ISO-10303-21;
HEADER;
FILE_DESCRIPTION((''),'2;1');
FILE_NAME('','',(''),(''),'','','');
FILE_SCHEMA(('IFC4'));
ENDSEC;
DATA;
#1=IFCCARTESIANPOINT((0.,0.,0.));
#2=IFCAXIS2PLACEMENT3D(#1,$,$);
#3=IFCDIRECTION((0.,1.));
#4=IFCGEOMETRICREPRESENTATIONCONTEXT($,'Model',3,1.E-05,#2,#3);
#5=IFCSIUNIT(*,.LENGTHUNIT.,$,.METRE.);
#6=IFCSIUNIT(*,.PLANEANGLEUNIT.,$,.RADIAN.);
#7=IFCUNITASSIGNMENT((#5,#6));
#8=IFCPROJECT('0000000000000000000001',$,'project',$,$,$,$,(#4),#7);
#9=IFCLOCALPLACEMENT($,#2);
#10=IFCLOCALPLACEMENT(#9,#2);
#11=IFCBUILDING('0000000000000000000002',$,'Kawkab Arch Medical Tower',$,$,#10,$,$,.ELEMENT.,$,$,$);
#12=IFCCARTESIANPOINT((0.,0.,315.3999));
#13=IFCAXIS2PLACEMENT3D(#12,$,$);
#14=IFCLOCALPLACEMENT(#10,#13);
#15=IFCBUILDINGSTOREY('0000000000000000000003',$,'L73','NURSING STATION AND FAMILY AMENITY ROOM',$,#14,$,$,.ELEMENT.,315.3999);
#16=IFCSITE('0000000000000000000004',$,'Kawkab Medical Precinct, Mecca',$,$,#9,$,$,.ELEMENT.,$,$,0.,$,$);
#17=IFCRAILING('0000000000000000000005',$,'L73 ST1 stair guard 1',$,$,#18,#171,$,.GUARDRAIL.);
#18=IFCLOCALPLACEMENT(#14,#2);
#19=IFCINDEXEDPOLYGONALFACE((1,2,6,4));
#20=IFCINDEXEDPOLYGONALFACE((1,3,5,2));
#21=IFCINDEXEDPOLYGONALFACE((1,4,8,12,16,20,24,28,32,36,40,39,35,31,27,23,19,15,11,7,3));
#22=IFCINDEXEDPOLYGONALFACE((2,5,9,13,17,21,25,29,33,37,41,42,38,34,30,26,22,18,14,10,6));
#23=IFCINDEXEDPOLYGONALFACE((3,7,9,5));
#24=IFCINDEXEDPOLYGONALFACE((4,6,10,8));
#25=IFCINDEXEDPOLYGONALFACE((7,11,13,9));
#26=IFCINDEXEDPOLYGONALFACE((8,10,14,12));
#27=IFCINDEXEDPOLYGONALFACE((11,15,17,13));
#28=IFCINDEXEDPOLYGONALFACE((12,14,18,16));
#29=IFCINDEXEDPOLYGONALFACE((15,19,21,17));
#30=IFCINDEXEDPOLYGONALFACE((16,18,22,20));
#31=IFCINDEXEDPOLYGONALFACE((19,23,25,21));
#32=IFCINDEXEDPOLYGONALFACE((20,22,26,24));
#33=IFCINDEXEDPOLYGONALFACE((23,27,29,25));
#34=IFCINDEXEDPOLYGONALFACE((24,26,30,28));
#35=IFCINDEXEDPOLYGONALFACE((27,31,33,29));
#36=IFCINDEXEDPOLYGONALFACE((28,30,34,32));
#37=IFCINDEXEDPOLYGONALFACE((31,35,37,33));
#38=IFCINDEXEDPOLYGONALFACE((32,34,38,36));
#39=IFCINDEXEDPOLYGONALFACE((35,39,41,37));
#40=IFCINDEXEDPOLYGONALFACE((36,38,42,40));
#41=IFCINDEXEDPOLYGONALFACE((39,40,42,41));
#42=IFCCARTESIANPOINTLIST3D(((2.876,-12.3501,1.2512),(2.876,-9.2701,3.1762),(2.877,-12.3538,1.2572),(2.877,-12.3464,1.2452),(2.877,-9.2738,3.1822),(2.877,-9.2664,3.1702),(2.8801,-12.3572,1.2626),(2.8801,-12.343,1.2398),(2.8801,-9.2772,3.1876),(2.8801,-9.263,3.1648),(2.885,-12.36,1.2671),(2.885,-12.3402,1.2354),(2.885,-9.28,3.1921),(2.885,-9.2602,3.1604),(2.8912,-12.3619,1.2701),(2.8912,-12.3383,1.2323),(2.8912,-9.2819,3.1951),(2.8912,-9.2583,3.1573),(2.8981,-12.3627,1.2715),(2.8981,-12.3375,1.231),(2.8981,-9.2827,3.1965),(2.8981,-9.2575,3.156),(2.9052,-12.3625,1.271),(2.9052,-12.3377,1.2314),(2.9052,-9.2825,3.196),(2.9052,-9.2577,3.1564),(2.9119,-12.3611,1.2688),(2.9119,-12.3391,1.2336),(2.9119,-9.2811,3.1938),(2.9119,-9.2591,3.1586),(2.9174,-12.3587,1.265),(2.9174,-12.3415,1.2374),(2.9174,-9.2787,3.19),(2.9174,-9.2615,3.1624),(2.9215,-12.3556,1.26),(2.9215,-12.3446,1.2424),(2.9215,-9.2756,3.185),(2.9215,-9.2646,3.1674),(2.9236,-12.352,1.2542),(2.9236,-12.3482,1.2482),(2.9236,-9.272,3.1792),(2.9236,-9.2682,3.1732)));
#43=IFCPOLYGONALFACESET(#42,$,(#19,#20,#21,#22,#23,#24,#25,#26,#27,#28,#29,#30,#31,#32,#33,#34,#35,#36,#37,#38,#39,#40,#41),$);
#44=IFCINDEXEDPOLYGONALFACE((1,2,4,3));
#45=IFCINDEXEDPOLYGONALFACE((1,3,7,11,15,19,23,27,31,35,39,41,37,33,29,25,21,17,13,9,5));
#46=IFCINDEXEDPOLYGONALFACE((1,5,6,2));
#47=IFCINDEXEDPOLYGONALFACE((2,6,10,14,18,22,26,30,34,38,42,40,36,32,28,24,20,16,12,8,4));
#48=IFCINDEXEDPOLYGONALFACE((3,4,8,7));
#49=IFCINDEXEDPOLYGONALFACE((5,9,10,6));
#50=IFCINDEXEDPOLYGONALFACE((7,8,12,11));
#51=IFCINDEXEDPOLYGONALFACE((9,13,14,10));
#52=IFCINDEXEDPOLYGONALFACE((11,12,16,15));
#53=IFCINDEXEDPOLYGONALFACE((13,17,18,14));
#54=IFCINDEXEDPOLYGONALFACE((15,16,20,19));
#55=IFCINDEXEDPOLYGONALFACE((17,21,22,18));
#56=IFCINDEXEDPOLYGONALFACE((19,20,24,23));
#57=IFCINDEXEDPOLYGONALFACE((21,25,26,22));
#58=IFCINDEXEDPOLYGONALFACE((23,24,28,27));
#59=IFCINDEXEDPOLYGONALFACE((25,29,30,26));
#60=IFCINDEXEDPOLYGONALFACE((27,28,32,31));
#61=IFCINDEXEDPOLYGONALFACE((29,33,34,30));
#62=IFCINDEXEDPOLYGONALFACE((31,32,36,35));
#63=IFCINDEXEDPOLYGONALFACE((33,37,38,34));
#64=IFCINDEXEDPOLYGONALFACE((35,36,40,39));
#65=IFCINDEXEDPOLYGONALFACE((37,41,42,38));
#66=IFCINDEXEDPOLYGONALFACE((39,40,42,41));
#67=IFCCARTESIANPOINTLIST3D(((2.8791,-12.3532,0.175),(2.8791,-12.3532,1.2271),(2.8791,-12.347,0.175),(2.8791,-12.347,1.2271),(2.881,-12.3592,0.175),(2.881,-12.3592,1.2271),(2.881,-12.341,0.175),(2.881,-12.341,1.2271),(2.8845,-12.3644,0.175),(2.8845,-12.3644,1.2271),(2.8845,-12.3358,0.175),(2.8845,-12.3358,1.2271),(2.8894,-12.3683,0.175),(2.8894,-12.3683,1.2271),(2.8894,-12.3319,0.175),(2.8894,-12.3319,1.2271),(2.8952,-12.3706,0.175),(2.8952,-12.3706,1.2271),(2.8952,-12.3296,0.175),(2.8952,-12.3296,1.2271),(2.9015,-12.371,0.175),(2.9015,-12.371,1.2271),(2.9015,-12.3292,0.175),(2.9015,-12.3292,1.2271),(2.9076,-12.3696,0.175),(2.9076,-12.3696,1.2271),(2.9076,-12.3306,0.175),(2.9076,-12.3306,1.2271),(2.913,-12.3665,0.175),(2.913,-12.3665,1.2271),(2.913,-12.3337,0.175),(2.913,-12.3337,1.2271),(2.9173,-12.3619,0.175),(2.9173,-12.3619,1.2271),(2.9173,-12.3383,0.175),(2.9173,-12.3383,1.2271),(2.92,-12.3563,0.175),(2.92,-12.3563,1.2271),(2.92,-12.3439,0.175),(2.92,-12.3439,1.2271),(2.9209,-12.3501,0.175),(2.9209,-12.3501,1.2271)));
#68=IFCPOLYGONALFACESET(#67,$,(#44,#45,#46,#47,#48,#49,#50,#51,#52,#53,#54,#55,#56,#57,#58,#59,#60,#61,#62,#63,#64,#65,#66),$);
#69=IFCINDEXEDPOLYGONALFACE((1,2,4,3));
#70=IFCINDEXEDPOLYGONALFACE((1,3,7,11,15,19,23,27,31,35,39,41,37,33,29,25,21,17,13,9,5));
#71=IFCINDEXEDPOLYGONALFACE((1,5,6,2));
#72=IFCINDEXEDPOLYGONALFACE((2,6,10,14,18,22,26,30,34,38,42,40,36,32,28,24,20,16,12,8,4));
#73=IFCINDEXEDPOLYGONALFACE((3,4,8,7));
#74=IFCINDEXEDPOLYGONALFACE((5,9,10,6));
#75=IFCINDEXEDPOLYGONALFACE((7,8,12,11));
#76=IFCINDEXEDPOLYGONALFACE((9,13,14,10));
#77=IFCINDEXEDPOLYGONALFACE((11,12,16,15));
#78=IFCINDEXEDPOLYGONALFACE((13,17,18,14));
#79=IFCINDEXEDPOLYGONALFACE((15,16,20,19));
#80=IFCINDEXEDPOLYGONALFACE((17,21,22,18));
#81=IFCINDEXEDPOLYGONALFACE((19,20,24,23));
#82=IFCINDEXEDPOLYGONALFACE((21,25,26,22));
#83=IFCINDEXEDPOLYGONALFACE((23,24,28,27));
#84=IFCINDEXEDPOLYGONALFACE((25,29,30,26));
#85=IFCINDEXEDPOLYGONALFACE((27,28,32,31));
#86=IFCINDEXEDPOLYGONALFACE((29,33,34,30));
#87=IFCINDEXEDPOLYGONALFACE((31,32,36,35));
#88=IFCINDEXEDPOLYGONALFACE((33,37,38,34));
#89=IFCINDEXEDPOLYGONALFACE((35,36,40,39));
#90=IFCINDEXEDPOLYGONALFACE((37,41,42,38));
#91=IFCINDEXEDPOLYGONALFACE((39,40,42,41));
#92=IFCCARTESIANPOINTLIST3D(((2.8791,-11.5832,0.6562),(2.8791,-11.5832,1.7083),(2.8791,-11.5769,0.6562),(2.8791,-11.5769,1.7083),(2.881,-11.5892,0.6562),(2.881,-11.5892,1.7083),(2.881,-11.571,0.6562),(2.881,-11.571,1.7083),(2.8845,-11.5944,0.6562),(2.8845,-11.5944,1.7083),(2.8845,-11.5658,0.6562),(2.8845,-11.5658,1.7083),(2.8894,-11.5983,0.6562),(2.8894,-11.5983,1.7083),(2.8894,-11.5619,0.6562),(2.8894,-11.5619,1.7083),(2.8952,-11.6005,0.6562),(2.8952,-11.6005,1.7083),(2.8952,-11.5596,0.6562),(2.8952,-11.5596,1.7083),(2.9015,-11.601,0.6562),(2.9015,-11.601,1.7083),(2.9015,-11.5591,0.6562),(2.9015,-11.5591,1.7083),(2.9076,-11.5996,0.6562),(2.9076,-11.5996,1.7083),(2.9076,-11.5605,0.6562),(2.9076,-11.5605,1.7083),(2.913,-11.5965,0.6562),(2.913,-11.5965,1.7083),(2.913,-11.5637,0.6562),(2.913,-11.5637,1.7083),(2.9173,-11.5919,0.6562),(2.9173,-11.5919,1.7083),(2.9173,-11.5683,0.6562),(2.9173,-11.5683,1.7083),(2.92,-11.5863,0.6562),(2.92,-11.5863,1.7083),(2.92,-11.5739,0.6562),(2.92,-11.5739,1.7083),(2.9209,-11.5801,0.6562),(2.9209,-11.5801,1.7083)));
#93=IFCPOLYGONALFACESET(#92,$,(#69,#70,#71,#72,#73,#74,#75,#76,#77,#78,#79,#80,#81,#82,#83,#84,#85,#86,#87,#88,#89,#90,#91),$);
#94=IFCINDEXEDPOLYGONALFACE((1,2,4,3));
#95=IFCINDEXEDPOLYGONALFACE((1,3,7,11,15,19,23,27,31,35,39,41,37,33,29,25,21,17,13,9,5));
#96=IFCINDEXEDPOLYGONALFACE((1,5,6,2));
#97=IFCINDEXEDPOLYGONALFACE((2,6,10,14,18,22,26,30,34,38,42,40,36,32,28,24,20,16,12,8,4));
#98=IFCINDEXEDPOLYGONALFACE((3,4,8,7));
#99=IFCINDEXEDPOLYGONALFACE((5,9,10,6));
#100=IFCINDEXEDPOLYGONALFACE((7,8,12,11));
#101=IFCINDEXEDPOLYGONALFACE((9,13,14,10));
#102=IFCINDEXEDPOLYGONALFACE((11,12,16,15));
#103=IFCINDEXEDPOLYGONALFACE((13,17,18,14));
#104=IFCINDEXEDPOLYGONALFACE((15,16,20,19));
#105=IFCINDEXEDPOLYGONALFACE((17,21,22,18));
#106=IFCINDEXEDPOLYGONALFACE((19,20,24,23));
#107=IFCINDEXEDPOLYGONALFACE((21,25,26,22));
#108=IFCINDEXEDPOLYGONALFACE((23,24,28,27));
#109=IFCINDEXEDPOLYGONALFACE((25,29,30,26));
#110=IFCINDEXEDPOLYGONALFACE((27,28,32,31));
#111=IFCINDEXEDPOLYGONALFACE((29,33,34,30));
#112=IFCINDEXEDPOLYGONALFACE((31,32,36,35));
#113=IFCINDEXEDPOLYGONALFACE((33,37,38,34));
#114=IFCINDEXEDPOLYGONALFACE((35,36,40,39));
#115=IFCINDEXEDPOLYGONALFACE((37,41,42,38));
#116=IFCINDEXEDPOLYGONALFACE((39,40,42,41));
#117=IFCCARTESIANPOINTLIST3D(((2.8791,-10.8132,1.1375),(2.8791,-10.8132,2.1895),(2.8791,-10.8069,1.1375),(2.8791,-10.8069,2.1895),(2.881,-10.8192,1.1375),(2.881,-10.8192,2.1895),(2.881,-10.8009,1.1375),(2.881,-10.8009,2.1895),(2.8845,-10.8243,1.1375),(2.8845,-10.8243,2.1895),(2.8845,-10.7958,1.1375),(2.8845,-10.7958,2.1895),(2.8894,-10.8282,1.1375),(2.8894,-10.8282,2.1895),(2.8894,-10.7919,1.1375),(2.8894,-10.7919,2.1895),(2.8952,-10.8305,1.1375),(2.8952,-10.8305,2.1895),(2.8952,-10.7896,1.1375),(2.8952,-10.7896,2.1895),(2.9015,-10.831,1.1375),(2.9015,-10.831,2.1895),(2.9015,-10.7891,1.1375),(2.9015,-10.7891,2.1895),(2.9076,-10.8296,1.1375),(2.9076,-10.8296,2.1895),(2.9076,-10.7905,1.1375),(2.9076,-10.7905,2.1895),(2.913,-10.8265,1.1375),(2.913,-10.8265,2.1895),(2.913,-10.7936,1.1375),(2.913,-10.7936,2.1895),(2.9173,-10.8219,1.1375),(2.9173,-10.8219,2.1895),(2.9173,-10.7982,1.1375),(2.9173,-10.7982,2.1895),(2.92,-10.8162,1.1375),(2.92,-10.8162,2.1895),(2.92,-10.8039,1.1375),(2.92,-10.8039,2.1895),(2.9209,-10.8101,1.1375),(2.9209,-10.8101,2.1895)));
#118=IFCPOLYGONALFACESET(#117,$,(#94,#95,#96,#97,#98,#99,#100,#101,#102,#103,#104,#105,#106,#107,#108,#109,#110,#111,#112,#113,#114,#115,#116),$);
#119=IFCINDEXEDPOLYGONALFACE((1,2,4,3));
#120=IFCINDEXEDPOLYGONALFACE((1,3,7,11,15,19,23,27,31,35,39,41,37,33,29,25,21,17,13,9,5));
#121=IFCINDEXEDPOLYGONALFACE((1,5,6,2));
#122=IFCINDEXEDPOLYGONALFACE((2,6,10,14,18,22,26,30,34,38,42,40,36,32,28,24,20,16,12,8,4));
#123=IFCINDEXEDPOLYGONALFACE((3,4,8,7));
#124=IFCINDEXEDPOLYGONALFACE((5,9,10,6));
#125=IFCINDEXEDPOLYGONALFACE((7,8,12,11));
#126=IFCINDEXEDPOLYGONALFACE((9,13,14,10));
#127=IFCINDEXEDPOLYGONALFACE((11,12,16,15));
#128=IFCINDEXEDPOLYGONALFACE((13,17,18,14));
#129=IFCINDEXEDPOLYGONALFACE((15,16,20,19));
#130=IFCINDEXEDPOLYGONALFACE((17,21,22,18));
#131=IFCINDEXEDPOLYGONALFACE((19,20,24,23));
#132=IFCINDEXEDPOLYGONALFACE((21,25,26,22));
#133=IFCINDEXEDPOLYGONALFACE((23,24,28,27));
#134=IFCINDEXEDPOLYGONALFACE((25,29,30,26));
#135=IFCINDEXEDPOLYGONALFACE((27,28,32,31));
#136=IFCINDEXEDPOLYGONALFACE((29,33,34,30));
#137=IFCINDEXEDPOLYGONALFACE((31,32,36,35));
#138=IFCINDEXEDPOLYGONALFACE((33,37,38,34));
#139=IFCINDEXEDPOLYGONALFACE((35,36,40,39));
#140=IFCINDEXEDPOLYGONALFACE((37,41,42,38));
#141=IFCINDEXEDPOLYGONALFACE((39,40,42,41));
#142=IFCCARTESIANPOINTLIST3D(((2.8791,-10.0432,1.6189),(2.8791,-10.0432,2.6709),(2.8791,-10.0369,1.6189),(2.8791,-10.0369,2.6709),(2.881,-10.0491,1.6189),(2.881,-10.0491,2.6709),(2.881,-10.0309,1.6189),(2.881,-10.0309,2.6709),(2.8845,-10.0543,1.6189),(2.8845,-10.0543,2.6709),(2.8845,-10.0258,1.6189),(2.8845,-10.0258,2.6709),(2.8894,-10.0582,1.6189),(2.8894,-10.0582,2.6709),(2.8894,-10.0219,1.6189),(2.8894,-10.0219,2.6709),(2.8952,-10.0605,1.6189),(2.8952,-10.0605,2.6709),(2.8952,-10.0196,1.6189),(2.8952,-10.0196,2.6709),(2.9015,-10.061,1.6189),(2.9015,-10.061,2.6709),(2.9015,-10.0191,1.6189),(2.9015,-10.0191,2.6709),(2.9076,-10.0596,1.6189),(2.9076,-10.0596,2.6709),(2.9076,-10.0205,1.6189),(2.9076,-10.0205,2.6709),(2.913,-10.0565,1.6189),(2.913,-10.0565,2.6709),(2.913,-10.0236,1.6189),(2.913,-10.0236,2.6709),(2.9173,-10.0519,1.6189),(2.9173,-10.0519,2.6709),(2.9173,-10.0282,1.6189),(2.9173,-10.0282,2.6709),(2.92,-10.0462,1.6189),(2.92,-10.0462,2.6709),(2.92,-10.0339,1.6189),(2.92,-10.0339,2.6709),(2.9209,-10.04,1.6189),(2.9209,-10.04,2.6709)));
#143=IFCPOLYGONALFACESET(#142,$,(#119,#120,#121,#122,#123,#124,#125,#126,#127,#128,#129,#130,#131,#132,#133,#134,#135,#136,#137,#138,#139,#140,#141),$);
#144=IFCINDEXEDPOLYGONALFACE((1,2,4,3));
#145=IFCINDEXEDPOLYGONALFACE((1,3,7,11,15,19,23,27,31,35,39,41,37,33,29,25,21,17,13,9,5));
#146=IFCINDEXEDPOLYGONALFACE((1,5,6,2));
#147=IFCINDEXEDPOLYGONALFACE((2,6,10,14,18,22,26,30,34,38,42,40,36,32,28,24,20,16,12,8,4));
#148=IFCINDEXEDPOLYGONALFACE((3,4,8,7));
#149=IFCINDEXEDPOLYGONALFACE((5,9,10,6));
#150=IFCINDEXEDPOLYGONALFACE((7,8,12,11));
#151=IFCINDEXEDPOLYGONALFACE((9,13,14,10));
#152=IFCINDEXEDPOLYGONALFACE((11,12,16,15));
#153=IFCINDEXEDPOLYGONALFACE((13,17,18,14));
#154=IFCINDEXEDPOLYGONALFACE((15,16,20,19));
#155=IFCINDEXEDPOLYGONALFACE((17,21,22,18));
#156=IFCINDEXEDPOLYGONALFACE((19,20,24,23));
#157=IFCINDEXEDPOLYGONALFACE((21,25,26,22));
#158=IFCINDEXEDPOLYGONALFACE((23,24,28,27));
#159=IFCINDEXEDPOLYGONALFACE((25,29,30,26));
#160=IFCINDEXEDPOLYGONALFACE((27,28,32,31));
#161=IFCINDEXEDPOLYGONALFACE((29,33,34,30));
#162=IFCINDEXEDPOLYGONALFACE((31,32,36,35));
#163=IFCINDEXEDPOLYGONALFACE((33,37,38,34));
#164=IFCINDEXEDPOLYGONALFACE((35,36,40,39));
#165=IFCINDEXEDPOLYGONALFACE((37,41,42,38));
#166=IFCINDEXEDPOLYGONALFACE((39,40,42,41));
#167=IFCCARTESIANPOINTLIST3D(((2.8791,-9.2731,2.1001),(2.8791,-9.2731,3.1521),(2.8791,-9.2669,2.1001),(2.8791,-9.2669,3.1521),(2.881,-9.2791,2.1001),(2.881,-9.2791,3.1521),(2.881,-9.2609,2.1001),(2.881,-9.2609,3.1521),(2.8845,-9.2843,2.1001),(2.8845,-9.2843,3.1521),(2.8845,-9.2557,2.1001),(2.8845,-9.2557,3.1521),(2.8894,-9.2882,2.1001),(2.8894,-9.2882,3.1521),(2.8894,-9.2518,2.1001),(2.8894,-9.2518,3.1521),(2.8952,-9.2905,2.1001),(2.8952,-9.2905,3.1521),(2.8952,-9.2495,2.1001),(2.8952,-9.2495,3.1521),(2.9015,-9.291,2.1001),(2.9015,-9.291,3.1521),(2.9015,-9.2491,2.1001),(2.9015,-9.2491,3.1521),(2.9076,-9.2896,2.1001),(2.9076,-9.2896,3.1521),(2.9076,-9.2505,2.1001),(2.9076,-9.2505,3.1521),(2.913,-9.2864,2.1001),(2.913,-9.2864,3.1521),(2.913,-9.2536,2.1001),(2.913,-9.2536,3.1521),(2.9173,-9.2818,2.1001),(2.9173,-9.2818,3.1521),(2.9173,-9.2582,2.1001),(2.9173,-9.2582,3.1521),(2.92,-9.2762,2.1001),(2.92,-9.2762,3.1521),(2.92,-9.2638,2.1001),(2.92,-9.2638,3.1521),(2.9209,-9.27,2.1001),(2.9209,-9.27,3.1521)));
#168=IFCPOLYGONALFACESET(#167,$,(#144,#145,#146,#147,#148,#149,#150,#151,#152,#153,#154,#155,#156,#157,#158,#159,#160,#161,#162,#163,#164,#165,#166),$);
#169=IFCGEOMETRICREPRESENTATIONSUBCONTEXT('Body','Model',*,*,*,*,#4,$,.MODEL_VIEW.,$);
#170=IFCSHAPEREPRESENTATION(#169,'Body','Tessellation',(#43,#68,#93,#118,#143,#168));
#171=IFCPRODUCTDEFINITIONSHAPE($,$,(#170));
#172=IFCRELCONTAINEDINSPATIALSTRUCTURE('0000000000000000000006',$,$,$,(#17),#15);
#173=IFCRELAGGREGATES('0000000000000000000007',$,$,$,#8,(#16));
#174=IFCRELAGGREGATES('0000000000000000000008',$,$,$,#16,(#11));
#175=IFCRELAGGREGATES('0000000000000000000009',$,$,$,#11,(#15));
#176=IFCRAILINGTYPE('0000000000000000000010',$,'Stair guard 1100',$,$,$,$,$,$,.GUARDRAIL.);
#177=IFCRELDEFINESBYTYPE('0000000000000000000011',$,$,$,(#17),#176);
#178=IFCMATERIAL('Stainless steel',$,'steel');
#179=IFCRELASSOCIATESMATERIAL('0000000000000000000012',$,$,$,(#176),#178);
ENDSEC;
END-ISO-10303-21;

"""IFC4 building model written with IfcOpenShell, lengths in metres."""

from ifc_helpers import new_model, si_unit, direction, frame, origin, origin_2d, place, context, subcontext, project, spatial, circle, extrude, material, type_object, element, save


model = new_model("IFC4")

# Units and contexts
model_context = context("Model", 3, precision=1e-05, world=origin(), true_north=direction((0.0, 1.0)))
body_context = subcontext(model_context, "Body", "Model", "MODEL_VIEW")
ifc_project = project(units=[si_unit("LENGTHUNIT", "METRE"), si_unit("PLANEANGLEUNIT", "RADIAN")], contexts=[model_context])

# Site, building, storey
site_placement = place(None, origin())
site = spatial("IfcSite", under=ifc_project, at=site_placement, Name="Kawkab Medical Precinct, Mecca", CompositionType="ELEMENT", RefElevation=0.0)
building_placement = place(site_placement, origin())
building = spatial("IfcBuilding", under=site, at=building_placement, Name="Kawkab Arch Medical Tower", CompositionType="ELEMENT")
storey_placement = place(building_placement, frame((0.0, 0.0, 315.3999)))
storey = spatial("IfcBuildingStorey", under=building, at=storey_placement, Name="L73", Description="NURSING STATION AND FAMILY AMENITY ROOM", CompositionType="ELEMENT", Elevation=315.3999)

# Railing
ifc_material_1 = material(Name="Stainless steel", Category="steel")
railing_type = type_object("IfcRailingType", Name="Stair guard 1100", PredefinedType="GUARDRAIL", material=ifc_material_1)
railing_1_placement = place(storey_placement, frame((2.8999, -12.3501, 0.175)))
element("IfcRailing", 1, at=railing_1_placement, inside=storey, type_object=railing_type, Name="L73 ST1 stair guard 1", PredefinedType="GUARDRAIL", context=body_context, shape_type="SweptSolid", body=[
    extrude(circle(Radius=0.0239, at=origin_2d()), frame((0.0, 0.0, 1.0762), z_axis=(0.0, 0.847998, 0.529999), x_axis=(-1.0, 0.0, 0.0)), (0.0, 0.0, 1.0), 3.6321),
    extrude(circle(Radius=0.021, at=origin_2d()), origin(), (0.0, 0.0, 1.0), 1.052),
    extrude(circle(Radius=0.021, at=origin_2d()), frame((0.0, 0.77, 0.4812)), (0.0, 0.0, 1.0), 1.052),
    extrude(circle(Radius=0.021, at=origin_2d()), frame((0.0, 1.54, 0.9624)), (0.0, 0.0, 1.0), 1.052),
    extrude(circle(Radius=0.021, at=origin_2d()), frame((0.0, 2.3101, 1.4438)), (0.0, 0.0, 1.0), 1.052),
    extrude(circle(Radius=0.021, at=origin_2d()), frame((0.0, 3.0801, 1.925)), (0.0, 0.0, 1.0), 1.052),
])

save(model, "model.ifc")
